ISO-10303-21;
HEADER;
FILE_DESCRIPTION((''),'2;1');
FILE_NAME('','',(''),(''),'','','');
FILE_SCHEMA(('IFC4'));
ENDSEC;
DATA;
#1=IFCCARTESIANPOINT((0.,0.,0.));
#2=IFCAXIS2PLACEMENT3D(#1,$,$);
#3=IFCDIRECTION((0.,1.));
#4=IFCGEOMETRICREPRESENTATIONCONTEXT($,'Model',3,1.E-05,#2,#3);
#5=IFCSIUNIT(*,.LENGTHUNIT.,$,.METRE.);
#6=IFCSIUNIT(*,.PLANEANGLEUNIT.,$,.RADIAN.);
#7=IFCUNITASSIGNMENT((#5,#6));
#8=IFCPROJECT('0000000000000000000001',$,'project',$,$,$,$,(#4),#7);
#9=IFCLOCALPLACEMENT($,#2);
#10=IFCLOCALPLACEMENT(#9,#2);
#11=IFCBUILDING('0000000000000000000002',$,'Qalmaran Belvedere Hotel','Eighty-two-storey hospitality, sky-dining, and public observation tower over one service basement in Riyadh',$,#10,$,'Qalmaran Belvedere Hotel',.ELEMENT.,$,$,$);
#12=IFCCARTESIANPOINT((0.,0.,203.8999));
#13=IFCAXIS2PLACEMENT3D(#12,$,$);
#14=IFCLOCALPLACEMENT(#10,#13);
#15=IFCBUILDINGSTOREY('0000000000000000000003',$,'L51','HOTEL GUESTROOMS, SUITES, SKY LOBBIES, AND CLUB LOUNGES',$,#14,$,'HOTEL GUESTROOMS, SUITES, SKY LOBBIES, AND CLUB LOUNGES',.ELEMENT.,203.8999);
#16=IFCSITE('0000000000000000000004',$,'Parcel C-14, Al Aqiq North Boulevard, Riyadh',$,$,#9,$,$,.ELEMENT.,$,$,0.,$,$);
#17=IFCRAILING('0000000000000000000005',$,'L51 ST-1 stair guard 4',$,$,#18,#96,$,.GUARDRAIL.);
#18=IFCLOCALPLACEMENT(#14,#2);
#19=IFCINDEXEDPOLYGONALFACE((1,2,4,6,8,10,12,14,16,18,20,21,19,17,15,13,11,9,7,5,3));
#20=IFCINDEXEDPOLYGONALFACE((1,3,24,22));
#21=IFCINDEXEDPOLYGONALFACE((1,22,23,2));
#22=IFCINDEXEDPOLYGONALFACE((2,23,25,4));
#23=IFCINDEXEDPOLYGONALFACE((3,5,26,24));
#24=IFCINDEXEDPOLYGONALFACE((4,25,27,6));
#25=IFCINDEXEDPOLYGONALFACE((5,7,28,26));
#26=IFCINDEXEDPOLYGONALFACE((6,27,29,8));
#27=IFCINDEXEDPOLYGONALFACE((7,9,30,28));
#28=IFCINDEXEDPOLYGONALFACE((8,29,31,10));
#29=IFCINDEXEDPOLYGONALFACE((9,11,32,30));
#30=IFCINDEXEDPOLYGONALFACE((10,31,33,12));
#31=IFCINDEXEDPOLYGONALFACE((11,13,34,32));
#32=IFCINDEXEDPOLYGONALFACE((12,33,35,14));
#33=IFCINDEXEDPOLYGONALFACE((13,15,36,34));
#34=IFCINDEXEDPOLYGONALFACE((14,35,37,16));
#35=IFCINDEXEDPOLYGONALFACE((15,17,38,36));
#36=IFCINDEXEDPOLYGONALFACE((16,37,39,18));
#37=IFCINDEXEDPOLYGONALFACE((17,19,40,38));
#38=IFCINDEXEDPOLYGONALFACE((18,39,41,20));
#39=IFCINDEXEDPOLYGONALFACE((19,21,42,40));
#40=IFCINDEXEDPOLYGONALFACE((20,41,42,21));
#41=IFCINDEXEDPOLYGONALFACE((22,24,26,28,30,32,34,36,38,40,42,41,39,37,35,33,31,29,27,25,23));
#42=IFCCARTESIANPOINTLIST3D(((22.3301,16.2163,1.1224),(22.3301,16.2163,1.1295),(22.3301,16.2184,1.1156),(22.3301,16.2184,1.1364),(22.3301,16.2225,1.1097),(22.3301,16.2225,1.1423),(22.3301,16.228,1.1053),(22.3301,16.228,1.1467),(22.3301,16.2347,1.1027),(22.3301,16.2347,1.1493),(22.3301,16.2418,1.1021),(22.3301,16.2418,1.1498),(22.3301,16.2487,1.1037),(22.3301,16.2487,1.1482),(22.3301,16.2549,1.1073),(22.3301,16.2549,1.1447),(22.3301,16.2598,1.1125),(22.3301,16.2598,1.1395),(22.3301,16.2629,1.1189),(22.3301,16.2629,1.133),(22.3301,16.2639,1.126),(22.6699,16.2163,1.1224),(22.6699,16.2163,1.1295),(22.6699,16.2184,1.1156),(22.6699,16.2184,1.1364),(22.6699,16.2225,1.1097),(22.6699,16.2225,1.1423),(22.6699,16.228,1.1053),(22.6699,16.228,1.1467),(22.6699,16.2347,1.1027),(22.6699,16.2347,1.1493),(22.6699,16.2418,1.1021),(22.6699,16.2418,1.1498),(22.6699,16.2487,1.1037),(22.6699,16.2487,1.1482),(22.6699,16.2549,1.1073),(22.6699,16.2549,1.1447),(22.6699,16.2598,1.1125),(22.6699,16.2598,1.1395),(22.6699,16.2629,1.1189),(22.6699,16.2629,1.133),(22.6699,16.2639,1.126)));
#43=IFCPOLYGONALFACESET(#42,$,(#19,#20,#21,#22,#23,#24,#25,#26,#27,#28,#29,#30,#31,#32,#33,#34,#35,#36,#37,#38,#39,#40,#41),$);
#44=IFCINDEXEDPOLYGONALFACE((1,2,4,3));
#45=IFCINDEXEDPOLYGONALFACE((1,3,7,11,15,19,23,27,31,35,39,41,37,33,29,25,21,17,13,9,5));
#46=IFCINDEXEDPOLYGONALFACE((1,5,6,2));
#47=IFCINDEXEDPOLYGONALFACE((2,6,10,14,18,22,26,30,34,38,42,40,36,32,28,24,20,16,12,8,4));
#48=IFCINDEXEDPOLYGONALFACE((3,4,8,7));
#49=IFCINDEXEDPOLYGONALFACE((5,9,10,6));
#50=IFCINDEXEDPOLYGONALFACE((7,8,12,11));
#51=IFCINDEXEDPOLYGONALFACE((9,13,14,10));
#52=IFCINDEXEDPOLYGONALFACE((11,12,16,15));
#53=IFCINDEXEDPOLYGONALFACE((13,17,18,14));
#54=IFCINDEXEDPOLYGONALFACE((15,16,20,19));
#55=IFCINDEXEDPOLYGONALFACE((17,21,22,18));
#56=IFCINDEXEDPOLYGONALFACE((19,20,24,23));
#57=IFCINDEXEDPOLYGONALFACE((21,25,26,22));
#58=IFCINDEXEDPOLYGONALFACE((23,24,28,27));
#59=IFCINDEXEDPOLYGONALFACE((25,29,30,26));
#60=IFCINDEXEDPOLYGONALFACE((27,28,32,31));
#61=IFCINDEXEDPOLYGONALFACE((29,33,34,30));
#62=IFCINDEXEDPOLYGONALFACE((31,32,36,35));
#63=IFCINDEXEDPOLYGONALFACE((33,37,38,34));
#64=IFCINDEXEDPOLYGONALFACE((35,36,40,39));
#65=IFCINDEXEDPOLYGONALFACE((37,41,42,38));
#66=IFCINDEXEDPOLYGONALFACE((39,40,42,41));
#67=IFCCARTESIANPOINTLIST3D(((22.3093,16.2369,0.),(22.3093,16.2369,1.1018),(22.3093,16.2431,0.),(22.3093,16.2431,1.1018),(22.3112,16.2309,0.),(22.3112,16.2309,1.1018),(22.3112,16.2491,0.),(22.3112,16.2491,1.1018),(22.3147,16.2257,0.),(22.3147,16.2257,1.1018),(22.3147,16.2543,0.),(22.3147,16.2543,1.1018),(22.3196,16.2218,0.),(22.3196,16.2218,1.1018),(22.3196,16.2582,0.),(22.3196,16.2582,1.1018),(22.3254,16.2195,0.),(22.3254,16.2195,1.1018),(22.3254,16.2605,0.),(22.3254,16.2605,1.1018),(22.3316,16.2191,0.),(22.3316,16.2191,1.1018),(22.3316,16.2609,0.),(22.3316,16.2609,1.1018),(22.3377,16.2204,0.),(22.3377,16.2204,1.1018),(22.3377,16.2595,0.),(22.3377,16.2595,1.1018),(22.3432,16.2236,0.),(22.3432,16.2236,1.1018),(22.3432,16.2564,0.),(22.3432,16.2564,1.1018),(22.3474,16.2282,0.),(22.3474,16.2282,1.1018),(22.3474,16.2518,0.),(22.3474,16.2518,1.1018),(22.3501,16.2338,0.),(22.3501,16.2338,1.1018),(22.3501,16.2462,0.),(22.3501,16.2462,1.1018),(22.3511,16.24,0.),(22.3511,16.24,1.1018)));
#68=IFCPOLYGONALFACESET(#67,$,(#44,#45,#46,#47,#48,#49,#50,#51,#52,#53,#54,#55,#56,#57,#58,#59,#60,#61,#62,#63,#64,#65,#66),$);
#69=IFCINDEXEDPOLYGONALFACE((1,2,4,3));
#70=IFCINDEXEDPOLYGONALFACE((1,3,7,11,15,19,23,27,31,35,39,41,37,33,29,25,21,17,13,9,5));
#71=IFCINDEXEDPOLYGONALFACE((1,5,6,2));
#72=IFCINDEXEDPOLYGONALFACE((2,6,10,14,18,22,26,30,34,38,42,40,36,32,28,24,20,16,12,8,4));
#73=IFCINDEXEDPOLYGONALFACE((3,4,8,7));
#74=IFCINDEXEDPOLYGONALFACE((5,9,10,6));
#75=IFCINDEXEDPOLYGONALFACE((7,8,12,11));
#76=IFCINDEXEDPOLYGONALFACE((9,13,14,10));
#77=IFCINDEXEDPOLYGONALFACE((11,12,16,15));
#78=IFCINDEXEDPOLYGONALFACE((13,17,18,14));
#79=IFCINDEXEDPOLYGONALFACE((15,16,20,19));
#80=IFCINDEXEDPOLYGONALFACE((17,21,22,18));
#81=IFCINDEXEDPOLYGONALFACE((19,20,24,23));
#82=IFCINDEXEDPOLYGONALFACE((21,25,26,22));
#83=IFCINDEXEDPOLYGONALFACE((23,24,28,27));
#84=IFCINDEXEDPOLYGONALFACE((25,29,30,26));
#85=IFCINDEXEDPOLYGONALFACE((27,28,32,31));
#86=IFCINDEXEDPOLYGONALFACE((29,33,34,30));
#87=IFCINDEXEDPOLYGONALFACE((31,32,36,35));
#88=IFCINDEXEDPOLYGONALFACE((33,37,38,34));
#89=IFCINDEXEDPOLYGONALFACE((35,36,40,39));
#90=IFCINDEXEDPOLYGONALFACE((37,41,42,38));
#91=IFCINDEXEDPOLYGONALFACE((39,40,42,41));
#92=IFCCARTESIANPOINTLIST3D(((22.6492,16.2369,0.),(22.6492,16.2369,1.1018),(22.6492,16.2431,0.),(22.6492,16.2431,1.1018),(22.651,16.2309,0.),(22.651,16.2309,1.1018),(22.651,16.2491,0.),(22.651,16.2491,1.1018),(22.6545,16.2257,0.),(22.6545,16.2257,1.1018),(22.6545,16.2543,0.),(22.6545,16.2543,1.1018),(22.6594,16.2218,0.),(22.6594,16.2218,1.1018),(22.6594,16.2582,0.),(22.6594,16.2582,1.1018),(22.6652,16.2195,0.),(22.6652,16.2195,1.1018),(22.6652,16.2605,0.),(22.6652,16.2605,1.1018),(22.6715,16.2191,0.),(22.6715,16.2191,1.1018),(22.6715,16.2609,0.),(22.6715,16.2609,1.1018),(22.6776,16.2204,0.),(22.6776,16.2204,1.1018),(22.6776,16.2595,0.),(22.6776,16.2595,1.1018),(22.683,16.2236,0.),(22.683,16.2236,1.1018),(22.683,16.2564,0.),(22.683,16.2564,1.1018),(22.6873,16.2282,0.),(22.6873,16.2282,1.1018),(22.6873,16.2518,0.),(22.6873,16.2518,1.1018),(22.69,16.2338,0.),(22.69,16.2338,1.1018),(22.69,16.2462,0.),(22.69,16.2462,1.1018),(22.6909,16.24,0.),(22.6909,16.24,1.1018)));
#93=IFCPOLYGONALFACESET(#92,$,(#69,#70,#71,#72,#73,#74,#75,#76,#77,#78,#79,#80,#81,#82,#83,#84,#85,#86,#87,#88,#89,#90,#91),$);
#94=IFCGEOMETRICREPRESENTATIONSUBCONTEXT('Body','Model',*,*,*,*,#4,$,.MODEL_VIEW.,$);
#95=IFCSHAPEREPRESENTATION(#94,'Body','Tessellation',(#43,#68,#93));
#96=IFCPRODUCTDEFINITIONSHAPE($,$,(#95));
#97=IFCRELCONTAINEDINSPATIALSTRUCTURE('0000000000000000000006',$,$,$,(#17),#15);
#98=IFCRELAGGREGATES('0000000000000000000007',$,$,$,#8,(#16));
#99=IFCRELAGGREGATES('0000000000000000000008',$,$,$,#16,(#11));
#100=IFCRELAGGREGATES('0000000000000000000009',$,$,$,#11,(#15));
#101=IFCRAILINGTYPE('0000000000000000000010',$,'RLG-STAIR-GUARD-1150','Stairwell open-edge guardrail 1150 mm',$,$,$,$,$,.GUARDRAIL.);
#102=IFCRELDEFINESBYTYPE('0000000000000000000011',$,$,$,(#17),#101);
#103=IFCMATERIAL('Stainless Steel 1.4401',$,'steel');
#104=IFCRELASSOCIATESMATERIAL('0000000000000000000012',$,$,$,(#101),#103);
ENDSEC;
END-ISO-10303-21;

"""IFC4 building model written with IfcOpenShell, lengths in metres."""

from ifc_helpers import new_model, si_unit, direction, frame, origin, origin_2d, place, context, subcontext, project, spatial, circle, extrude, material, type_object, element, save


model = new_model("IFC4")

# Units and contexts
model_context = context("Model", 3, precision=1e-05, world=origin(), true_north=direction((0.0, 1.0)))
body_context = subcontext(model_context, "Body", "Model", "MODEL_VIEW")
ifc_project = project(units=[si_unit("LENGTHUNIT", "METRE"), si_unit("PLANEANGLEUNIT", "RADIAN")], contexts=[model_context])

# Site, building, storey
site_placement = place(None, origin())
site = spatial("IfcSite", under=ifc_project, at=site_placement, Name="Parcel C-14, Al Aqiq North Boulevard, Riyadh", CompositionType="ELEMENT", RefElevation=0.0)
building_placement = place(site_placement, origin())
building = spatial("IfcBuilding", under=site, at=building_placement, Name="Qalmaran Belvedere Hotel", Description="Eighty-two-storey hospitality, sky-dining, and public observation tower over one service basement in Riyadh", LongName="Qalmaran Belvedere Hotel", CompositionType="ELEMENT")
storey_placement = place(building_placement, frame((0.0, 0.0, 203.8999)))
storey = spatial("IfcBuildingStorey", under=building, at=storey_placement, Name="L51", Description="HOTEL GUESTROOMS, SUITES, SKY LOBBIES, AND CLUB LOUNGES", LongName="HOTEL GUESTROOMS, SUITES, SKY LOBBIES, AND CLUB LOUNGES", CompositionType="ELEMENT", Elevation=203.8999)

# Shared definitions
ifc_material_1 = material(Name="Stainless Steel 1.4401", Category="steel")

# Railing
railing_type_1 = type_object("IfcRailingType", Name="RLG-STAIR-GUARD-1150", Description="Stairwell open-edge guardrail 1150 mm", PredefinedType="GUARDRAIL", material=ifc_material_1)
railing_1_placement = place(storey_placement, frame((22.3301, 16.24, 0.0)))
element("IfcRailing", 1, at=railing_1_placement, inside=storey, type_object=railing_type_1, Name="L51 ST-1 stair guard 4", PredefinedType="GUARDRAIL", context=body_context, shape_type="SweptSolid", body=[
    extrude(circle(Radius=0.0239, at=origin_2d()), frame((0.0, 0.0, 1.126), z_axis=(1.0, 0.0, 0.0), x_axis=(0.0, 1.0, 0.0)), (0.0, 0.0, 1.0), 0.3398),
    extrude(circle(Radius=0.021, at=origin_2d()), origin(), (0.0, 0.0, 1.0), 1.1018),
    extrude(circle(Radius=0.021, at=origin_2d()), frame((0.3398, 0.0, 0.0)), (0.0, 0.0, 1.0), 1.1018),
])

save(model, "model.ifc")
